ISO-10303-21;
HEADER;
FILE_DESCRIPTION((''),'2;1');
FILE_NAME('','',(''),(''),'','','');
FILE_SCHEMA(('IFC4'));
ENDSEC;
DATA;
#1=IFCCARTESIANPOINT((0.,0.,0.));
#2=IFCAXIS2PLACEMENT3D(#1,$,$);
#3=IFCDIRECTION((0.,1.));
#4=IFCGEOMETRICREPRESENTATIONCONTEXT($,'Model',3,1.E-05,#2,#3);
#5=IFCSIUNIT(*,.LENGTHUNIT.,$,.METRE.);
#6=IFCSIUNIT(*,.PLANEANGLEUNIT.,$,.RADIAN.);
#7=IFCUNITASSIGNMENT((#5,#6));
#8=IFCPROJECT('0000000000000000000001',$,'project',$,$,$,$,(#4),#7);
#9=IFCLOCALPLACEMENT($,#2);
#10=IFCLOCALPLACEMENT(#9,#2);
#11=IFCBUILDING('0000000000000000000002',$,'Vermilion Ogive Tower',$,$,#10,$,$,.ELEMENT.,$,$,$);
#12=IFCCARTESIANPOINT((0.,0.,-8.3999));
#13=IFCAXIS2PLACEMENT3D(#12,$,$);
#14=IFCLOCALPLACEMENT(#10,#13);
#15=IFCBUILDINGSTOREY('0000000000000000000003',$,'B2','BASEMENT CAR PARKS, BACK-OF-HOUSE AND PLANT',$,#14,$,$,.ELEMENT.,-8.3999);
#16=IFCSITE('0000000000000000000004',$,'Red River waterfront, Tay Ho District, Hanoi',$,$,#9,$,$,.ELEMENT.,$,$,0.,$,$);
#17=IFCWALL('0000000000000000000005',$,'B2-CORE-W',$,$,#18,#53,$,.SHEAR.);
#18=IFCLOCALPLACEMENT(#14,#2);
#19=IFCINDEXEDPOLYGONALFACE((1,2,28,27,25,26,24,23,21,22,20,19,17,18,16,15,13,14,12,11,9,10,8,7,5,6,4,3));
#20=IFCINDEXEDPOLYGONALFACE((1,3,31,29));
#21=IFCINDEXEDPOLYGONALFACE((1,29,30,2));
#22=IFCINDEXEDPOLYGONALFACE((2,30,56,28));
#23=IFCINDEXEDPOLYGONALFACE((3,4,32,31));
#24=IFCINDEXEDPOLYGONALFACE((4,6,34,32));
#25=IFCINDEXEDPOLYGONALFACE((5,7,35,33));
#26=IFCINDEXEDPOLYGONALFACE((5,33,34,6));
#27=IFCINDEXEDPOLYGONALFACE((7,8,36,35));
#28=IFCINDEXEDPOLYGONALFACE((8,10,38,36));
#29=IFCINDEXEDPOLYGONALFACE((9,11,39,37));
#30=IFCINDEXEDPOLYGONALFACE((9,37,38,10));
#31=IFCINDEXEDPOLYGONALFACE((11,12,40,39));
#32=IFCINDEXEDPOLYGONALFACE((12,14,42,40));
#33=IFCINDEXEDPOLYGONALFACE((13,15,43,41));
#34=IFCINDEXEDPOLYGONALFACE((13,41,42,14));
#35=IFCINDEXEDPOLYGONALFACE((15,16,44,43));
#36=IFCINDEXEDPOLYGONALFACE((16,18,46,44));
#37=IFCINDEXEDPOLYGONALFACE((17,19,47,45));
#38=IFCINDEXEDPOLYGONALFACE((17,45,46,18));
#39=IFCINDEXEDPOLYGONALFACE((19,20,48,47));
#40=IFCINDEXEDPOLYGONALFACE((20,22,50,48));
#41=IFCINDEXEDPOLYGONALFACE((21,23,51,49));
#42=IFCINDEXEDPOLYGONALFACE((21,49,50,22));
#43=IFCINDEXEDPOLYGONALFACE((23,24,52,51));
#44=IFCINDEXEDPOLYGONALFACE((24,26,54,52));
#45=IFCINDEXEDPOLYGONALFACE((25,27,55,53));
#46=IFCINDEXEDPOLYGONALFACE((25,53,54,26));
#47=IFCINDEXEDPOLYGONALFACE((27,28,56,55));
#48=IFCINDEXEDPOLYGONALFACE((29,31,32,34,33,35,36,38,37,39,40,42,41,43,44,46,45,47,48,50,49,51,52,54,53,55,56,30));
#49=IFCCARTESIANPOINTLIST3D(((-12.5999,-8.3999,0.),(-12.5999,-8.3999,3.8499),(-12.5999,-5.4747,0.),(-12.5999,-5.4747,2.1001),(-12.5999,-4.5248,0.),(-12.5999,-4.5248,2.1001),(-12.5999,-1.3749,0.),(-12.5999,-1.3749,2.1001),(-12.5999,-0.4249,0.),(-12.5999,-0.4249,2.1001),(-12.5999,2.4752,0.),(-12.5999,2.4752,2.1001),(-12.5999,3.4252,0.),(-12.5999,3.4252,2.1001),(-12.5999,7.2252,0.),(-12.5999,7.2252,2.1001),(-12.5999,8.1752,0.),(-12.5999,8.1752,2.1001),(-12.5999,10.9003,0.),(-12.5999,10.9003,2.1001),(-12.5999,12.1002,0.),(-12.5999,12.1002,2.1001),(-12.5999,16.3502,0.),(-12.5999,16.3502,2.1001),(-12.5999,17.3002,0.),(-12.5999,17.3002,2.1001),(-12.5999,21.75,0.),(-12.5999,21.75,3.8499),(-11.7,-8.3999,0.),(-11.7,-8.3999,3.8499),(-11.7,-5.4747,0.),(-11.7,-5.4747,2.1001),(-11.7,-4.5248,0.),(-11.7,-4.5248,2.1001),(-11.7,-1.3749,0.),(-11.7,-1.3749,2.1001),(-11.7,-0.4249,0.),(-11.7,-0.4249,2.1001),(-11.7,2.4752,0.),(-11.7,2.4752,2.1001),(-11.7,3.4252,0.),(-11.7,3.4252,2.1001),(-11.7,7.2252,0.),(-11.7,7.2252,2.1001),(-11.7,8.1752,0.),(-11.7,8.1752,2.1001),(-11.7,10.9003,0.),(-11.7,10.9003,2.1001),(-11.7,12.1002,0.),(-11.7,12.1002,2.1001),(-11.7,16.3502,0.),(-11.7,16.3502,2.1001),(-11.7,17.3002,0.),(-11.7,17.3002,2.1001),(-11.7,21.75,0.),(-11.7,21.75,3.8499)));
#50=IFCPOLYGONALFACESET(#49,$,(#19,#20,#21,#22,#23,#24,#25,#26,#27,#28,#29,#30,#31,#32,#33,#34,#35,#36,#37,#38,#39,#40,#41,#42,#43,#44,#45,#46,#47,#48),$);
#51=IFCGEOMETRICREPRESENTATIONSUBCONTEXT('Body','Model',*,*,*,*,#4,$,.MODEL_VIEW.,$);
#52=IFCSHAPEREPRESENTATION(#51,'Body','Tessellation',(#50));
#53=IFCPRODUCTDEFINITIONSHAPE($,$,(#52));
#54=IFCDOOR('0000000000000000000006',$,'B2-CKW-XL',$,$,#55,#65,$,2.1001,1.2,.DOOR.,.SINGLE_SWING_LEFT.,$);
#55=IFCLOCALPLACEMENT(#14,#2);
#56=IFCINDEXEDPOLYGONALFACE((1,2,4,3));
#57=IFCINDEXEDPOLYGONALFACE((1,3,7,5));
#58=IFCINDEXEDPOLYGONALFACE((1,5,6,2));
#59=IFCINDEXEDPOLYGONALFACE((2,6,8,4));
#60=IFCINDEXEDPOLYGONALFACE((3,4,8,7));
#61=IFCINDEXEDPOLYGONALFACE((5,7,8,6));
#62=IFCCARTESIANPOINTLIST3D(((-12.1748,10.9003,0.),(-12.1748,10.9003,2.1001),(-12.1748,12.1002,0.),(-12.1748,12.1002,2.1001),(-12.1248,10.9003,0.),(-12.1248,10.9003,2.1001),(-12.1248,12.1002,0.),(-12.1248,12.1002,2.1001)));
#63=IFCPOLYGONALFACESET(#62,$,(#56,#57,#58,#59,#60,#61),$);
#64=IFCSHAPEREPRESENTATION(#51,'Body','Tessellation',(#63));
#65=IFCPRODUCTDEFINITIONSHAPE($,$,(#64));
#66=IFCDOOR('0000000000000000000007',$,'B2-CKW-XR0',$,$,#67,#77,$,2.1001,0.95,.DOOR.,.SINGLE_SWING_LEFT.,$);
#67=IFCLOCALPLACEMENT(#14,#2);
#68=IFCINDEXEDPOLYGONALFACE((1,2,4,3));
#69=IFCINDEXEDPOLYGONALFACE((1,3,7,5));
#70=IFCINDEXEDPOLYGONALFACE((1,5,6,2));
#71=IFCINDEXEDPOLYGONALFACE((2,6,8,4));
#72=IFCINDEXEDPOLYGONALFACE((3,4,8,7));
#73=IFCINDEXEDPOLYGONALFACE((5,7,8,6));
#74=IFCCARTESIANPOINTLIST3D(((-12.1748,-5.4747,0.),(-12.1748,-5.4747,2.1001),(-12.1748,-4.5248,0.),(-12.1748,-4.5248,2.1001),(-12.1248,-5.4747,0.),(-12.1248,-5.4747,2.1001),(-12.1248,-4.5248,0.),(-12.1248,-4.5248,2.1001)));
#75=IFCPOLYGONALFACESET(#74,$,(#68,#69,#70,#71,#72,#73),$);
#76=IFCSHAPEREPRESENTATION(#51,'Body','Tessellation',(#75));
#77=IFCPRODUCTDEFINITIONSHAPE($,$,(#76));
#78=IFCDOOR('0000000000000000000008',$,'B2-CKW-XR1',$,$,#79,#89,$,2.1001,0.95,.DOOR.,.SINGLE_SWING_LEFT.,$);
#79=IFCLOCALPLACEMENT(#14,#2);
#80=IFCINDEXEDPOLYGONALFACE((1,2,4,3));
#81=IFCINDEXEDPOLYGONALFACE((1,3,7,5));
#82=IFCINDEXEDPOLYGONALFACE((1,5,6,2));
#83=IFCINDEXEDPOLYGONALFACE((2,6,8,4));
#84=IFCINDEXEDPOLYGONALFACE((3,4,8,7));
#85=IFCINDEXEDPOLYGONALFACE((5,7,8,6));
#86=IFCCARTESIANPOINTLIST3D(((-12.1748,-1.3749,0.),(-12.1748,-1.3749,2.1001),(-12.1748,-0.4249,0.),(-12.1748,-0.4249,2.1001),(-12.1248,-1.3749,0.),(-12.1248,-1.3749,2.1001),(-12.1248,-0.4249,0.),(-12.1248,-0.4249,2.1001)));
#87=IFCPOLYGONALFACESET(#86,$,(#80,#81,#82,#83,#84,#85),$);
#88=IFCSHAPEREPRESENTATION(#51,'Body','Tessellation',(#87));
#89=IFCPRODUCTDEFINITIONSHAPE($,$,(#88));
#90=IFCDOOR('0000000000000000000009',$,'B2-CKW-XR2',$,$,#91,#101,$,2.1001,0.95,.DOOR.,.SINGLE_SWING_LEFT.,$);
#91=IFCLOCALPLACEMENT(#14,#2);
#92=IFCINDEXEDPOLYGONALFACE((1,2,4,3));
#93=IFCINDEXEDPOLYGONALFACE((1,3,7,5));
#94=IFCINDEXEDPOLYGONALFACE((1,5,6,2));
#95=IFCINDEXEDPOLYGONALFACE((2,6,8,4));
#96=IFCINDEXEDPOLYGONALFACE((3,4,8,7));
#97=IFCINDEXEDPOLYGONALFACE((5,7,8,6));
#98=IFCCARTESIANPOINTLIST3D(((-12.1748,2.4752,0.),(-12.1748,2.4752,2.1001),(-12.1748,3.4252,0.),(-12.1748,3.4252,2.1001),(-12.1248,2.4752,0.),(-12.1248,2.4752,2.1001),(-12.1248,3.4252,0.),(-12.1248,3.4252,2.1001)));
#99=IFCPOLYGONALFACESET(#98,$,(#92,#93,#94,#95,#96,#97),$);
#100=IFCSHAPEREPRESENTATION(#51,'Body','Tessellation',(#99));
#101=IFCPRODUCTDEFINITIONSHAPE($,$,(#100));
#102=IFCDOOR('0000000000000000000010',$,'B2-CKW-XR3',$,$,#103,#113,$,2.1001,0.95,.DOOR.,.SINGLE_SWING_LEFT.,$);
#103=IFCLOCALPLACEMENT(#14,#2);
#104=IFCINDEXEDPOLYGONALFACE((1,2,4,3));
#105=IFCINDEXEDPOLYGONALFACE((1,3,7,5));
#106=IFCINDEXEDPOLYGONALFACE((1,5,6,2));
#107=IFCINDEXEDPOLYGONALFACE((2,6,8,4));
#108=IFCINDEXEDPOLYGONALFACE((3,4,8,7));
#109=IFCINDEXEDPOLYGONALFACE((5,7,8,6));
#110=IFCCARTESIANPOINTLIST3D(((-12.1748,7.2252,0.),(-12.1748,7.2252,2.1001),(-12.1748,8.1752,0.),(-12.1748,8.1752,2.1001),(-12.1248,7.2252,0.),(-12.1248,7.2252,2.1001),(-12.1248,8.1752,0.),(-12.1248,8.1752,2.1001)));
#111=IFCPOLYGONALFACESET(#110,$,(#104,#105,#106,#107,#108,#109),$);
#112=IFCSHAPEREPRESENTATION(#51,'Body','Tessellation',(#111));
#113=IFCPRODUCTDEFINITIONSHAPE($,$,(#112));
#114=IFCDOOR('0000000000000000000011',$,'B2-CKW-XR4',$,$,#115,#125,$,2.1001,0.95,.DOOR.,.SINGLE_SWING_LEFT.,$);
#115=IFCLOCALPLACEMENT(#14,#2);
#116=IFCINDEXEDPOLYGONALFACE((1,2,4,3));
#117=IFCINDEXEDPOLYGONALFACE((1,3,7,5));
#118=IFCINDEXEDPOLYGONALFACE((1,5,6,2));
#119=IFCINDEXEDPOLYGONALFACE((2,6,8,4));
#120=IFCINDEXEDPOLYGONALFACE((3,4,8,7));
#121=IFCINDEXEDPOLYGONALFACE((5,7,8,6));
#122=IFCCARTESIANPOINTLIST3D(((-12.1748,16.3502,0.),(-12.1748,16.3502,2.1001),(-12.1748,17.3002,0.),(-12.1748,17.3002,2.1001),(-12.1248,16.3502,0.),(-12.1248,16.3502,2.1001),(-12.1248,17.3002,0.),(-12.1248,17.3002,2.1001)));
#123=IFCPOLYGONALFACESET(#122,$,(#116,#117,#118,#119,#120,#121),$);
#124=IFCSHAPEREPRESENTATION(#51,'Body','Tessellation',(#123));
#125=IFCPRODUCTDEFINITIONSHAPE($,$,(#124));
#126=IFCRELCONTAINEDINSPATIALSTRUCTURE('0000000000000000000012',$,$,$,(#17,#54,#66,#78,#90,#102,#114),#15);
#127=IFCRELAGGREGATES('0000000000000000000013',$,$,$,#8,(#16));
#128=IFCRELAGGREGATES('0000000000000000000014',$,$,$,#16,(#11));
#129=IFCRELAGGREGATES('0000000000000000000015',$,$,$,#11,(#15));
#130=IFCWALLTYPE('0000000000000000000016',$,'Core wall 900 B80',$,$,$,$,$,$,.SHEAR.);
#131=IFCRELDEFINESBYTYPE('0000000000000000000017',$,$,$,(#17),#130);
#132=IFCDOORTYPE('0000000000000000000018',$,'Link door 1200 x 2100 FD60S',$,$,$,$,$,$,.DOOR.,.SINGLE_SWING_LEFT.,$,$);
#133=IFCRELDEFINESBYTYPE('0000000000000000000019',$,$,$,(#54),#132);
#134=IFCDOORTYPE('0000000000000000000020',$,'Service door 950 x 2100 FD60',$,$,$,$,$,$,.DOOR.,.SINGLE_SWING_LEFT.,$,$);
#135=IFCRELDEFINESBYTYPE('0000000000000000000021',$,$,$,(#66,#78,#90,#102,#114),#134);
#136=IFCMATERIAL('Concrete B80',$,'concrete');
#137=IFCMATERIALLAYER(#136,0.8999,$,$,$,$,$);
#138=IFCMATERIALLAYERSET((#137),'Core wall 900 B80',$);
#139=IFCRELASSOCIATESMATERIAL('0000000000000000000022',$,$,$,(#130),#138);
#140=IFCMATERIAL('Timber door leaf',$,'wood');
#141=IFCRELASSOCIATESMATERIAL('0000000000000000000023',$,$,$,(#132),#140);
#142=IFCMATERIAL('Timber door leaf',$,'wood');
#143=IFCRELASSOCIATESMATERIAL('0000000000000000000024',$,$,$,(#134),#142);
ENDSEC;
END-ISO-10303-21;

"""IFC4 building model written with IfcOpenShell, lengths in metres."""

from ifc_helpers import new_model, si_unit, direction, frame, frame_2d, origin, place, context, subcontext, project, spatial, rectangle, extrude, material, layer, layer_set, type_object, element, fill, save


model = new_model("IFC4")

# Units and contexts
model_context = context("Model", 3, precision=1e-05, world=origin(), true_north=direction((0.0, 1.0)))
body_context = subcontext(model_context, "Body", "Model", "MODEL_VIEW")
ifc_project = project(units=[si_unit("LENGTHUNIT", "METRE"), si_unit("PLANEANGLEUNIT", "RADIAN")], contexts=[model_context])

# Site, building, storey
site_placement = place(None, origin())
site = spatial("IfcSite", under=ifc_project, at=site_placement, Name="Red River waterfront, Tay Ho District, Hanoi", CompositionType="ELEMENT", RefElevation=0.0)
building_placement = place(site_placement, origin())
building = spatial("IfcBuilding", under=site, at=building_placement, Name="Vermilion Ogive Tower", CompositionType="ELEMENT")
storey_placement = place(building_placement, frame((0.0, 0.0, -8.3999)))
storey = spatial("IfcBuildingStorey", under=building, at=storey_placement, Name="B2", Description="BASEMENT CAR PARKS, BACK-OF-HOUSE AND PLANT", CompositionType="ELEMENT", Elevation=-8.3999)

# Wall, openings, doors
ifc_material_1 = material(Name="Concrete B80", Category="concrete")
ifc_layer_1 = layer(ifc_material_1, 0.8999)
ifc_layer_set_1 = layer_set([ifc_layer_1], Name="Core wall 900 B80")
wall_type_1 = type_object("IfcWallType", Name="Core wall 900 B80", PredefinedType="SHEAR", material=ifc_layer_set_1)
wall_1_placement = place(storey_placement, frame((-12.1499, -8.3999, 0.0), z_axis=(0.0, 0.0, 1.0), x_axis=(0.0, 1.0, 0.0)))
wall_1 = element("IfcWall", 1, at=wall_1_placement, inside=storey, type_object=wall_type_1, Name="B2-CORE-W", PredefinedType="SHEAR", context=body_context, shape_type="SweptSolid", body=[
    extrude(rectangle(XDim=30.1499, YDim=0.8999, at=frame_2d((15.075, 0.0))), origin(), (0.0, 0.0, 1.0), 3.8499),
])
opening_1_placement = place(wall_1_placement, frame((2.925, 0.0, 0.0)))
opening_1 = element("IfcOpeningElement", 2, at=opening_1_placement, cuts=wall_1, PredefinedType="OPENING", context=body_context, shape_type="SweptSolid", body=[
    extrude(rectangle(XDim=0.95, YDim=2.1001, at=frame_2d((0.4751, 1.05))), frame((0.0, 0.46, 0.0), z_axis=(0.0, -1.0, 0.0), x_axis=(1.0, 0.0, 0.0)), (0.0, 0.0, 1.0), 0.9199),
])
opening_2_placement = place(wall_1_placement, frame((7.0249, 0.0, 0.0)))
opening_2 = element("IfcOpeningElement", 3, at=opening_2_placement, cuts=wall_1, PredefinedType="OPENING", context=body_context, shape_type="SweptSolid", body=[
    extrude(rectangle(XDim=0.95, YDim=2.1001, at=frame_2d((0.4751, 1.05))), frame((0.0, 0.46, 0.0), z_axis=(0.0, -1.0, 0.0), x_axis=(1.0, 0.0, 0.0)), (0.0, 0.0, 1.0), 0.9199),
])
opening_3_placement = place(wall_1_placement, frame((10.875, 0.0, 0.0)))
opening_3 = element("IfcOpeningElement", 4, at=opening_3_placement, cuts=wall_1, PredefinedType="OPENING", context=body_context, shape_type="SweptSolid", body=[
    extrude(rectangle(XDim=0.95, YDim=2.1001, at=frame_2d((0.4751, 1.05))), frame((0.0, 0.46, 0.0), z_axis=(0.0, -1.0, 0.0), x_axis=(1.0, 0.0, 0.0)), (0.0, 0.0, 1.0), 0.9199),
])
opening_4_placement = place(wall_1_placement, frame((15.625, 0.0, 0.0)))
opening_4 = element("IfcOpeningElement", 5, at=opening_4_placement, cuts=wall_1, PredefinedType="OPENING", context=body_context, shape_type="SweptSolid", body=[
    extrude(rectangle(XDim=0.95, YDim=2.1001, at=frame_2d((0.4751, 1.05))), frame((0.0, 0.46, 0.0), z_axis=(0.0, -1.0, 0.0), x_axis=(1.0, 0.0, 0.0)), (0.0, 0.0, 1.0), 0.9199),
])
opening_5_placement = place(wall_1_placement, frame((24.75, 0.0, 0.0)))
opening_5 = element("IfcOpeningElement", 6, at=opening_5_placement, cuts=wall_1, PredefinedType="OPENING", context=body_context, shape_type="SweptSolid", body=[
    extrude(rectangle(XDim=0.95, YDim=2.1001, at=frame_2d((0.4751, 1.05))), frame((0.0, 0.46, 0.0), z_axis=(0.0, -1.0, 0.0), x_axis=(1.0, 0.0, 0.0)), (0.0, 0.0, 1.0), 0.9199),
])
opening_6_placement = place(wall_1_placement, frame((19.3, 0.0, 0.0)))
opening_6 = element("IfcOpeningElement", 7, at=opening_6_placement, cuts=wall_1, PredefinedType="OPENING", context=body_context, shape_type="SweptSolid", body=[
    extrude(rectangle(XDim=1.2, YDim=2.1001, at=frame_2d((0.6001, 1.05))), frame((0.0, 0.46, 0.0), z_axis=(0.0, -1.0, 0.0), x_axis=(1.0, 0.0, 0.0)), (0.0, 0.0, 1.0), 0.9199),
])
ifc_material_2 = material(Name="Timber door leaf", Category="wood")
door_type_1 = type_object("IfcDoorType", Name="Link door 1200 x 2100 FD60S", OperationType="SINGLE_SWING_LEFT", PredefinedType="DOOR", material=ifc_material_2)
door_1_placement = place(opening_6_placement, origin())
door_1 = element("IfcDoor", 8, at=door_1_placement, inside=storey, type_object=door_type_1, Name="B2-CKW-XL", OperationType="SINGLE_SWING_LEFT", OverallHeight=2.1001, OverallWidth=1.2, PredefinedType="DOOR", context=body_context, shape_type="SweptSolid", body=[
    extrude(rectangle(XDim=1.2, YDim=2.1001, at=frame_2d((0.6001, 1.05))), frame((0.0, 0.0249, 0.0), z_axis=(0.0, -1.0, 0.0), x_axis=(1.0, 0.0, 0.0)), (0.0, 0.0, 1.0), 0.05),
])
fill(opening_6, door_1)
ifc_material_3 = material(Name="Timber door leaf", Category="wood")
door_type_2 = type_object("IfcDoorType", Name="Service door 950 x 2100 FD60", OperationType="SINGLE_SWING_LEFT", PredefinedType="DOOR", material=ifc_material_3)
door_2_placement = place(opening_1_placement, origin())
door_2 = element("IfcDoor", 9, at=door_2_placement, inside=storey, type_object=door_type_2, Name="B2-CKW-XR0", OperationType="SINGLE_SWING_LEFT", OverallHeight=2.1001, OverallWidth=0.95, PredefinedType="DOOR", context=body_context, shape_type="SweptSolid", body=[
    extrude(rectangle(XDim=0.95, YDim=2.1001, at=frame_2d((0.4751, 1.05))), frame((0.0, 0.0249, 0.0), z_axis=(0.0, -1.0, 0.0), x_axis=(1.0, 0.0, 0.0)), (0.0, 0.0, 1.0), 0.05),
])
fill(opening_1, door_2)
door_3_placement = place(opening_2_placement, origin())
door_3 = element("IfcDoor", 10, at=door_3_placement, inside=storey, type_object=door_type_2, Name="B2-CKW-XR1", OperationType="SINGLE_SWING_LEFT", OverallHeight=2.1001, OverallWidth=0.95, PredefinedType="DOOR", context=body_context, shape_type="SweptSolid", body=[
    extrude(rectangle(XDim=0.95, YDim=2.1001, at=frame_2d((0.4751, 1.05))), frame((0.0, 0.0249, 0.0), z_axis=(0.0, -1.0, 0.0), x_axis=(1.0, 0.0, 0.0)), (0.0, 0.0, 1.0), 0.05),
])
fill(opening_2, door_3)
door_4_placement = place(opening_3_placement, origin())
door_4 = element("IfcDoor", 11, at=door_4_placement, inside=storey, type_object=door_type_2, Name="B2-CKW-XR2", OperationType="SINGLE_SWING_LEFT", OverallHeight=2.1001, OverallWidth=0.95, PredefinedType="DOOR", context=body_context, shape_type="SweptSolid", body=[
    extrude(rectangle(XDim=0.95, YDim=2.1001, at=frame_2d((0.4751, 1.05))), frame((0.0, 0.0249, 0.0), z_axis=(0.0, -1.0, 0.0), x_axis=(1.0, 0.0, 0.0)), (0.0, 0.0, 1.0), 0.05),
])
fill(opening_3, door_4)
door_5_placement = place(opening_4_placement, origin())
door_5 = element("IfcDoor", 12, at=door_5_placement, inside=storey, type_object=door_type_2, Name="B2-CKW-XR3", OperationType="SINGLE_SWING_LEFT", OverallHeight=2.1001, OverallWidth=0.95, PredefinedType="DOOR", context=body_context, shape_type="SweptSolid", body=[
    extrude(rectangle(XDim=0.95, YDim=2.1001, at=frame_2d((0.4751, 1.05))), frame((0.0, 0.0249, 0.0), z_axis=(0.0, -1.0, 0.0), x_axis=(1.0, 0.0, 0.0)), (0.0, 0.0, 1.0), 0.05),
])
fill(opening_4, door_5)
door_6_placement = place(opening_5_placement, origin())
door_6 = element("IfcDoor", 13, at=door_6_placement, inside=storey, type_object=door_type_2, Name="B2-CKW-XR4", OperationType="SINGLE_SWING_LEFT", OverallHeight=2.1001, OverallWidth=0.95, PredefinedType="DOOR", context=body_context, shape_type="SweptSolid", body=[
    extrude(rectangle(XDim=0.95, YDim=2.1001, at=frame_2d((0.4751, 1.05))), frame((0.0, 0.0249, 0.0), z_axis=(0.0, -1.0, 0.0), x_axis=(1.0, 0.0, 0.0)), (0.0, 0.0, 1.0), 0.05),
])
fill(opening_5, door_6)

save(model, "model.ifc")
